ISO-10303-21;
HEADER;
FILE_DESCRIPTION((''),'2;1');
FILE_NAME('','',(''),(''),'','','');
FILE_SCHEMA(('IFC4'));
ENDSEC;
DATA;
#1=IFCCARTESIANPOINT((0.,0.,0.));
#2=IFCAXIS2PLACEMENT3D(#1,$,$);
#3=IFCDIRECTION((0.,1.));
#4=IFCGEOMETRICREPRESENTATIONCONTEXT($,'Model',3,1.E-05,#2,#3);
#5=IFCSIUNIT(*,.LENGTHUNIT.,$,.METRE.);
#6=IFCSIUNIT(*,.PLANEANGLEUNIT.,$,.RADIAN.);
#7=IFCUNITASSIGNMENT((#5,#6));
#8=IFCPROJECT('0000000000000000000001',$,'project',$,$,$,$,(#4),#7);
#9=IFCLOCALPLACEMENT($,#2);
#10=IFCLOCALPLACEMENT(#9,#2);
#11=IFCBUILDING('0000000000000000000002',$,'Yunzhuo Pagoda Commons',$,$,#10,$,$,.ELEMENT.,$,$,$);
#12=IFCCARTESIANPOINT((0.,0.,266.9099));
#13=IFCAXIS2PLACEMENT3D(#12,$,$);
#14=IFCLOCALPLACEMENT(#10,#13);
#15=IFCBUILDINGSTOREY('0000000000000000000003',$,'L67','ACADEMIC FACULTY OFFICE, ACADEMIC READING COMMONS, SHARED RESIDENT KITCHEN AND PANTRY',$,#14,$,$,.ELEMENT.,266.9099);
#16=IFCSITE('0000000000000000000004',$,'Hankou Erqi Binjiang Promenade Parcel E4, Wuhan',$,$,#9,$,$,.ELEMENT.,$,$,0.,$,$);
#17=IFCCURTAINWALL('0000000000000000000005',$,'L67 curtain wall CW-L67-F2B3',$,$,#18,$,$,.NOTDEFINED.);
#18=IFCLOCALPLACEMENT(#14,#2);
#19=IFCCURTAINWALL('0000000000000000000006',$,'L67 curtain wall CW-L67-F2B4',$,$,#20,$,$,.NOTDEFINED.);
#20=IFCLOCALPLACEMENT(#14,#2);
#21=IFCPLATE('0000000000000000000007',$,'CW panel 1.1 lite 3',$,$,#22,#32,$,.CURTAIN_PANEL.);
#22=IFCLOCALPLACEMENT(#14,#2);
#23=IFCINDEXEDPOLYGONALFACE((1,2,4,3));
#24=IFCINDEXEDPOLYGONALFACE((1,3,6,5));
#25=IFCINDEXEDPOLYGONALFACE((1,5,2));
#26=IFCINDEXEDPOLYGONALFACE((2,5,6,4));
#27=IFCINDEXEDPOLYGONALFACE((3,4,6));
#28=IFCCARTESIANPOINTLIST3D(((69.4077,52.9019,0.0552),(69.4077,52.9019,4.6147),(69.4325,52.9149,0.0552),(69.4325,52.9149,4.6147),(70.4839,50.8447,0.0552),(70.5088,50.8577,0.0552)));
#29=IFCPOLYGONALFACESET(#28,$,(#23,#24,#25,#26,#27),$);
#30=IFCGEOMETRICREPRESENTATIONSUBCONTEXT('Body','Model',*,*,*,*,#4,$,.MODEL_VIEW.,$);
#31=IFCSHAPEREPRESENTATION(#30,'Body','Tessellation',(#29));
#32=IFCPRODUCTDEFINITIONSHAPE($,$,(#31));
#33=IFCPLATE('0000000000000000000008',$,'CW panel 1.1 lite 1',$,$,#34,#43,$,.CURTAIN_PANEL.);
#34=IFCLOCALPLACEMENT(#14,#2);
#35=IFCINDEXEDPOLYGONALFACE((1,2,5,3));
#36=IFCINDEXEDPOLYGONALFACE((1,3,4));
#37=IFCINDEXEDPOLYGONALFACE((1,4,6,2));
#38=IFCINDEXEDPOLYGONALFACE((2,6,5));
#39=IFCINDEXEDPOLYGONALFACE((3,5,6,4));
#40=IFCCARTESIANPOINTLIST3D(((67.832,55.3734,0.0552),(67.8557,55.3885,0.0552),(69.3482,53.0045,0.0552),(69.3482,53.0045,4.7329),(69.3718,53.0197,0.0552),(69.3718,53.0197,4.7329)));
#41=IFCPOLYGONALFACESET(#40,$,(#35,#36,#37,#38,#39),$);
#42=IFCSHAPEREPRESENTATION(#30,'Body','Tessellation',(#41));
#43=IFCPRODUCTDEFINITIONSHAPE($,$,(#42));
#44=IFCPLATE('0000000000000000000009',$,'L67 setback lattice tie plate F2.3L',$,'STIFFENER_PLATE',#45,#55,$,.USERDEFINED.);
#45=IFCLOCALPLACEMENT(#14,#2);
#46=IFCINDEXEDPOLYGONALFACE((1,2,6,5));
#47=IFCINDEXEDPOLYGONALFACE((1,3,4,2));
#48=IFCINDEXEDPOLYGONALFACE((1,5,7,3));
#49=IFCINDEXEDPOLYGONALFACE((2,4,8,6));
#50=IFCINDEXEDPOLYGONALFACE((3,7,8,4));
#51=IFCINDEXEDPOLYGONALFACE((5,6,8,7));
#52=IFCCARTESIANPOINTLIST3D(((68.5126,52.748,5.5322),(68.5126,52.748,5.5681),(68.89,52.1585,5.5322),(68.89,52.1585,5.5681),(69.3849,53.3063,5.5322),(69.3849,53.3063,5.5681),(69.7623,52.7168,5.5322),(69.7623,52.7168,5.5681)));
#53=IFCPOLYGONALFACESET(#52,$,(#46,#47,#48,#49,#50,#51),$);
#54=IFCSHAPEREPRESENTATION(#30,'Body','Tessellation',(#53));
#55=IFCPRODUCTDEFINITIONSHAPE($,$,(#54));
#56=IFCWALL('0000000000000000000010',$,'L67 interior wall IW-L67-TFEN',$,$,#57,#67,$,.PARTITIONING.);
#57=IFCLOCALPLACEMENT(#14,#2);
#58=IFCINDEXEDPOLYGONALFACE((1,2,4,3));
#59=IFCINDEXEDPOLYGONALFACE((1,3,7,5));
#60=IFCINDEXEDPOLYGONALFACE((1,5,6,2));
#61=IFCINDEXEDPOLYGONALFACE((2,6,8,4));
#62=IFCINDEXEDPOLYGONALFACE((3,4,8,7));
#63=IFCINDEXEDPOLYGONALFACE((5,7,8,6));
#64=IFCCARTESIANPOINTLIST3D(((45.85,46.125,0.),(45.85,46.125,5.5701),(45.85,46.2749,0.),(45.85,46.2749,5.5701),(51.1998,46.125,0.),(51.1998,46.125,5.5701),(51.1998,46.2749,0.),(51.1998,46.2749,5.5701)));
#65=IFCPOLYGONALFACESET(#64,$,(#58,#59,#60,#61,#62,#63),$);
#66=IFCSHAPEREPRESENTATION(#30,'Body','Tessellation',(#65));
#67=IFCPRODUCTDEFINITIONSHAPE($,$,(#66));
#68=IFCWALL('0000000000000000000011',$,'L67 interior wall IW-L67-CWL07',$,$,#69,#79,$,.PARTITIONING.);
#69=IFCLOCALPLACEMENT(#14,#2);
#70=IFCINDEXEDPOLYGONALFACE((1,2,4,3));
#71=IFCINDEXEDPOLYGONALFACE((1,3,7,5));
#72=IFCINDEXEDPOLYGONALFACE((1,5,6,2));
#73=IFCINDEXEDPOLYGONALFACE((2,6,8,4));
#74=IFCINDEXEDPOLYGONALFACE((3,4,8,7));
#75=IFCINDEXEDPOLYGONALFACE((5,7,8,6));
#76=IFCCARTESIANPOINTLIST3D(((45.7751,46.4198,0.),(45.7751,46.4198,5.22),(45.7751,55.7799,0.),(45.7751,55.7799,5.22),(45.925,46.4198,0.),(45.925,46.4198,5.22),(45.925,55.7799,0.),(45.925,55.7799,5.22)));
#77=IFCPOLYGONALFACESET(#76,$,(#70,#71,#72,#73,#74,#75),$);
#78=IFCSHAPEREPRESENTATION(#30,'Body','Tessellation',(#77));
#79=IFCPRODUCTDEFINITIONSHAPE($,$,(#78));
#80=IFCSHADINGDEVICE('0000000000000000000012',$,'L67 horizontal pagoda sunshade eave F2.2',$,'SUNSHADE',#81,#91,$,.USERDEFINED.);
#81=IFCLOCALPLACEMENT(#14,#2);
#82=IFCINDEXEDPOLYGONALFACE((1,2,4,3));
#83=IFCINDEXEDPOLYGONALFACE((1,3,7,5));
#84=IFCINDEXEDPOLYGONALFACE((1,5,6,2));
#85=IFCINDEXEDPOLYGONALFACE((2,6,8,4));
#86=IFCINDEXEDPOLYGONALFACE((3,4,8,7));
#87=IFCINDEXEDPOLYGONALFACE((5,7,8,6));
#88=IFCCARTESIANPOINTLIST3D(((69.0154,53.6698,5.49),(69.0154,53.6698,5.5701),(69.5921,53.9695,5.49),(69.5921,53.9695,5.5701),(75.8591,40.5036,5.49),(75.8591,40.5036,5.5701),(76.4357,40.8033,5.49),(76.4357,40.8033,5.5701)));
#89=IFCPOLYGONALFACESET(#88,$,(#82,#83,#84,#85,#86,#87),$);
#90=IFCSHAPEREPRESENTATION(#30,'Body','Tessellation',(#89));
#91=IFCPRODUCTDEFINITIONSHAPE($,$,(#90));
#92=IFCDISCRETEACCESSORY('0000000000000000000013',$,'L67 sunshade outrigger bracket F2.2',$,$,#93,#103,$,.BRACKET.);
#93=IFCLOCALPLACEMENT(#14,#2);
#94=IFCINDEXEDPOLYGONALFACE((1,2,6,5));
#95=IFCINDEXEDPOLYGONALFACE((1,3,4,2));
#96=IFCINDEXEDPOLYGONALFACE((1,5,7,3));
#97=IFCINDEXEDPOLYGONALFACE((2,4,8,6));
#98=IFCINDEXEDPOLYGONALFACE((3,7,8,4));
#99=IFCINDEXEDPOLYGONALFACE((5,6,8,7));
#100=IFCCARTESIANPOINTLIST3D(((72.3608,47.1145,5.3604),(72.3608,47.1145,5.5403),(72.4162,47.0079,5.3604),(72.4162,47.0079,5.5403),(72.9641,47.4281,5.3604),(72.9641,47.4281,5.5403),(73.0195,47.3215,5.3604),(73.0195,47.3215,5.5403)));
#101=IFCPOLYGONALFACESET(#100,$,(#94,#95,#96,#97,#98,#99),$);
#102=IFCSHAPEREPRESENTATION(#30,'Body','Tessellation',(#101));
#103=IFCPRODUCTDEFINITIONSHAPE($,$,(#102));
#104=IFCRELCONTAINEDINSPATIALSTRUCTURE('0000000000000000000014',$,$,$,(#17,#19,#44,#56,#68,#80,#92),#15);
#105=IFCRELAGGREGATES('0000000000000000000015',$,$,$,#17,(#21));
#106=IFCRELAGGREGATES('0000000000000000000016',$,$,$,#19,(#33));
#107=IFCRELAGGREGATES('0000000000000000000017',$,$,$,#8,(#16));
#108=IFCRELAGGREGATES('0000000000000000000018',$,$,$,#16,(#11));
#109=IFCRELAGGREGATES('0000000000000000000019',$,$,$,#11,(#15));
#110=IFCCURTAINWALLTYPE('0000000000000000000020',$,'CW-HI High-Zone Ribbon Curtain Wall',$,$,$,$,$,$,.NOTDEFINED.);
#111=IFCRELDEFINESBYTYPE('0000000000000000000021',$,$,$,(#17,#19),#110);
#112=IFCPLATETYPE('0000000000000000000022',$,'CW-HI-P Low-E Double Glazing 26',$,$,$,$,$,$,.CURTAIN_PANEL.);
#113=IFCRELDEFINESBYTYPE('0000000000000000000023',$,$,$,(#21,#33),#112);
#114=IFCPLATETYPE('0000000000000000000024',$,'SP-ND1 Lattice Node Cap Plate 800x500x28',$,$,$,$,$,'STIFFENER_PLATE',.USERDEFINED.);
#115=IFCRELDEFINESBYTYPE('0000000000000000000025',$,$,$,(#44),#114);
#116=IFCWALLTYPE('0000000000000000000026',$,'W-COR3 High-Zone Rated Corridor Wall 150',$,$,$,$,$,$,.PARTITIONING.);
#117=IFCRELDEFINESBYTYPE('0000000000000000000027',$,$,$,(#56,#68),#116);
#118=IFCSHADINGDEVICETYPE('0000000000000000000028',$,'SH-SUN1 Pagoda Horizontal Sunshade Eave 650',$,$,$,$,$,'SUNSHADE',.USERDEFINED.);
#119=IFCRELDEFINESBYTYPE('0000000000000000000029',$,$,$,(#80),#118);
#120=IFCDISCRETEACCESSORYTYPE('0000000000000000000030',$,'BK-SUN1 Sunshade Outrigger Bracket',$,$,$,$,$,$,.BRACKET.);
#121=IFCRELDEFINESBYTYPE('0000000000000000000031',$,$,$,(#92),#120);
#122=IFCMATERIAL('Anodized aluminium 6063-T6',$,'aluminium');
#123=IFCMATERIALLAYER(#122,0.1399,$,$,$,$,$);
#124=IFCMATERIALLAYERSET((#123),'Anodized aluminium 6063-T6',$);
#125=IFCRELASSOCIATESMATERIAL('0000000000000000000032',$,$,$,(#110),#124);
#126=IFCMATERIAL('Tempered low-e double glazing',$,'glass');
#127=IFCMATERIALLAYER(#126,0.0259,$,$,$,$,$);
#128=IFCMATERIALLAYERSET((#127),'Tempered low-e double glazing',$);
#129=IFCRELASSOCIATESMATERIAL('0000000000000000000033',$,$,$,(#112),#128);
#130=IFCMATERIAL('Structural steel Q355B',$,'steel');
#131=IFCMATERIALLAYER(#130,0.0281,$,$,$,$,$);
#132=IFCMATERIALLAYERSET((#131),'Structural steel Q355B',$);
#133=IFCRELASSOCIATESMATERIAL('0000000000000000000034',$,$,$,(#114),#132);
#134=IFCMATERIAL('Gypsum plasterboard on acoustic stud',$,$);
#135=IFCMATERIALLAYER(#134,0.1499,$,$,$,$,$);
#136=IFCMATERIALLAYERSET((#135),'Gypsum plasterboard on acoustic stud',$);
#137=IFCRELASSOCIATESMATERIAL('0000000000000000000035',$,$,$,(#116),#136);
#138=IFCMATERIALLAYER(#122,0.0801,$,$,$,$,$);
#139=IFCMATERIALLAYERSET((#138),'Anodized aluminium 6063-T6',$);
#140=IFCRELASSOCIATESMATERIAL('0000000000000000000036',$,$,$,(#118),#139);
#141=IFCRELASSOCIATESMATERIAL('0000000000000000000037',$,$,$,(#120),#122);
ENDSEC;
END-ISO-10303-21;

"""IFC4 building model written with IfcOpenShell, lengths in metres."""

from ifc_helpers import new_model, si_unit, direction, frame, frame_2d, origin, origin_2d, place, context, subcontext, project, spatial, polyline, rectangle, outline, extrude, source, transform, mapped, material, layer, layer_set, type_object, element, aggregate, save


model = new_model("IFC4")

# Units and contexts
model_context = context("Model", 3, precision=1e-05, world=origin(), true_north=direction((0.0, 1.0)))
body_context = subcontext(model_context, "Body", "Model", "MODEL_VIEW")
ifc_project = project(units=[si_unit("LENGTHUNIT", "METRE"), si_unit("PLANEANGLEUNIT", "RADIAN")], contexts=[model_context])

# Site, building, storey
site_placement = place(None, origin())
site = spatial("IfcSite", under=ifc_project, at=site_placement, Name="Hankou Erqi Binjiang Promenade Parcel E4, Wuhan", CompositionType="ELEMENT", RefElevation=0.0)
building_placement = place(site_placement, origin())
building = spatial("IfcBuilding", under=site, at=building_placement, Name="Yunzhuo Pagoda Commons", CompositionType="ELEMENT")
storey_placement = place(building_placement, frame((0.0, 0.0, 266.9099)))
storey = spatial("IfcBuildingStorey", under=building, at=storey_placement, Name="L67", Description="ACADEMIC FACULTY OFFICE, ACADEMIC READING COMMONS, SHARED RESIDENT KITCHEN AND PANTRY", CompositionType="ELEMENT", Elevation=266.9099)

# Shared definitions
ifc_material_1 = material(Name="Structural steel Q355B", Category="steel")

# Curtain wall
ifc_material_2 = material(Name="Anodized aluminium 6063-T6", Category="aluminium")
ifc_layer_1 = layer(ifc_material_2, 0.1399)
ifc_layer_set_1 = layer_set([ifc_layer_1], Name="Anodized aluminium 6063-T6")
curtain_wall_type = type_object("IfcCurtainWallType", Name="CW-HI High-Zone Ribbon Curtain Wall", PredefinedType="NOTDEFINED", material=ifc_layer_set_1)
curtain_wall_1_placement = place(storey_placement, origin())
curtain_wall_1 = element("IfcCurtainWall", 1, at=curtain_wall_1_placement, inside=storey, type_object=curtain_wall_type, Name="L67 curtain wall CW-L67-F2B3", PredefinedType="NOTDEFINED")

# Curtain wall
curtain_wall_2_placement = place(storey_placement, origin())
curtain_wall_2 = element("IfcCurtainWall", 2, at=curtain_wall_2_placement, inside=storey, type_object=curtain_wall_type, Name="L67 curtain wall CW-L67-F2B4", PredefinedType="NOTDEFINED")

# Plates
ifc_material_3 = material(Name="Tempered low-e double glazing", Category="glass")
ifc_layer_2 = layer(ifc_material_3, 0.0259)
ifc_layer_set_2 = layer_set([ifc_layer_2], Name="Tempered low-e double glazing")
plate_type_1 = type_object("IfcPlateType", Name="CW-HI-P Low-E Double Glazing 26", PredefinedType="CURTAIN_PANEL", material=ifc_layer_set_2)
plate_1_placement = place(storey_placement, frame((69.9458, 51.8733, 2.335), z_axis=(0.886066, 0.463559, 0.0), x_axis=(-0.463559, 0.886066, 0.0)))
plate_1 = element("IfcPlate", 3, at=plate_1_placement, type_object=plate_type_1, Name="CW panel 1.1 lite 3", PredefinedType="CURTAIN_PANEL", context=body_context, shape_type="SweptSolid", body=[
    extrude(outline(polyline([(-1.1609, -2.2798), (1.1609, -2.2798), (1.1609, 2.2798), (-1.1609, -2.2798)])), origin(), (0.0, 0.0, 1.0), 0.0281),
])
aggregate(curtain_wall_1, [plate_1])
plate_2_placement = place(storey_placement, frame((68.5901, 54.189, 2.394), z_axis=(0.842256, 0.539078, 0.0), x_axis=(-0.539078, 0.842256, 0.0)))
plate_2 = element("IfcPlate", 4, at=plate_2_placement, type_object=plate_type_1, Name="CW panel 1.1 lite 1", PredefinedType="CURTAIN_PANEL", context=body_context, shape_type="SweptSolid", body=[
    extrude(outline(polyline([(-1.4062, -2.3389), (1.4062, -2.3389), (-1.4062, 2.3389), (-1.4062, -2.3389)])), origin(), (0.0, 0.0, 1.0), 0.0281),
])
aggregate(curtain_wall_2, [plate_2])
ifc_layer_3 = layer(ifc_material_1, 0.0281)
ifc_layer_set_3 = layer_set([ifc_layer_3], Name="Structural steel Q355B")
plate_type_2 = type_object("IfcPlateType", Name="SP-ND1 Lattice Node Cap Plate 800x500x28", ElementType="STIFFENER_PLATE", PredefinedType="USERDEFINED", material=ifc_layer_set_3)
shared_shape_1 = source(origin(), body_context, "Body", "SweptSolid", [
    extrude(rectangle(XDim=0.7, YDim=1.0356, at=origin_2d()), origin(), (0.0, 0.0, 1.0), 0.0359),
])
plate_3_placement = place(storey_placement, frame((69.1375, 52.7324, 5.5322), z_axis=(0.0, 0.0, 1.0), x_axis=(-0.53908, 0.842255, 0.0)))
element("IfcPlate", 5, at=plate_3_placement, inside=storey, type_object=plate_type_2, Name="L67 setback lattice tie plate F2.3L", ObjectType="STIFFENER_PLATE", PredefinedType="USERDEFINED", context=body_context, shape_type="MappedRepresentation", body=[
    mapped(shared_shape_1, transform((0.0, 0.0, 0.0), scale=1.0)),
])

# Walls
ifc_material_4 = material(Name="Gypsum plasterboard on acoustic stud")
ifc_layer_4 = layer(ifc_material_4, 0.1499)
ifc_layer_set_4 = layer_set([ifc_layer_4], Name="Gypsum plasterboard on acoustic stud")
wall_type = type_object("IfcWallType", Name="W-COR3 High-Zone Rated Corridor Wall 150", PredefinedType="PARTITIONING", material=ifc_layer_set_4)
wall_1_placement = place(storey_placement, frame((45.8501, 46.2, 0.0), z_axis=(0.0, 0.0, 1.0), x_axis=(1.0, 0.0, 0.0)))
element("IfcWall", 6, at=wall_1_placement, inside=storey, type_object=wall_type, Name="L67 interior wall IW-L67-TFEN", PredefinedType="PARTITIONING", context=body_context, shape_type="SweptSolid", body=[
    extrude(rectangle(XDim=5.3499, YDim=0.1499, at=frame_2d((2.6748, 0.0))), origin(), (0.0, 0.0, 1.0), 5.5701),
])
wall_2_placement = place(storey_placement, frame((45.8501, 55.78, 0.0), z_axis=(0.0, 0.0, 1.0), x_axis=(0.0, -1.0, 0.0)))
element("IfcWall", 7, at=wall_2_placement, inside=storey, type_object=wall_type, Name="L67 interior wall IW-L67-CWL07", PredefinedType="PARTITIONING", context=body_context, shape_type="SweptSolid", body=[
    extrude(rectangle(XDim=9.3601, YDim=0.1499, at=frame_2d((4.6802, 0.0))), origin(), (0.0, 0.0, 1.0), 5.22),
])

# Shading device
ifc_layer_5 = layer(ifc_material_2, 0.0801)
ifc_layer_set_5 = layer_set([ifc_layer_5], Name="Anodized aluminium 6063-T6")
shading_device_type = type_object("IfcShadingDeviceType", Name="SH-SUN1 Pagoda Horizontal Sunshade Eave 650", ElementType="SUNSHADE", PredefinedType="USERDEFINED", material=ifc_layer_set_5)
shared_shape_2 = source(origin(), body_context, "Body", "SweptSolid", [
    extrude(rectangle(XDim=14.8386, YDim=0.6499, at=origin_2d()), origin(), (0.0, 0.0, 1.0), 0.0801),
])
shading_device_placement = place(storey_placement, frame((72.7256, 47.2366, 5.49), z_axis=(0.0, 0.0, 1.0), x_axis=(-0.461207, 0.887293, 0.0)))
element("IfcShadingDevice", 8, at=shading_device_placement, inside=storey, type_object=shading_device_type, Name="L67 horizontal pagoda sunshade eave F2.2", ObjectType="SUNSHADE", PredefinedType="USERDEFINED", context=body_context, shape_type="MappedRepresentation", body=[
    mapped(shared_shape_2, transform((0.0, 0.0, 0.0), scale=1.0)),
])

# Discrete accessory
discrete_accessory_type = type_object("IfcDiscreteAccessoryType", Name="BK-SUN1 Sunshade Outrigger Bracket", PredefinedType="BRACKET", material=ifc_material_2)
shared_shape_3 = source(origin(), body_context, "Body", "SweptSolid", [
    extrude(rectangle(XDim=0.1201, YDim=0.6799, at=origin_2d()), origin(), (0.0, 0.0, 1.0), 0.1799),
])
discrete_accessory_placement = place(storey_placement, frame((72.6902, 47.218, 5.3604), z_axis=(0.0, 0.0, 1.0), x_axis=(-0.461207, 0.887293, 0.0)))
element("IfcDiscreteAccessory", 9, at=discrete_accessory_placement, inside=storey, type_object=discrete_accessory_type, Name="L67 sunshade outrigger bracket F2.2", PredefinedType="BRACKET", context=body_context, shape_type="MappedRepresentation", body=[
    mapped(shared_shape_3, transform((0.0, 0.0, 0.0), scale=1.0)),
])

save(model, "model.ifc")
